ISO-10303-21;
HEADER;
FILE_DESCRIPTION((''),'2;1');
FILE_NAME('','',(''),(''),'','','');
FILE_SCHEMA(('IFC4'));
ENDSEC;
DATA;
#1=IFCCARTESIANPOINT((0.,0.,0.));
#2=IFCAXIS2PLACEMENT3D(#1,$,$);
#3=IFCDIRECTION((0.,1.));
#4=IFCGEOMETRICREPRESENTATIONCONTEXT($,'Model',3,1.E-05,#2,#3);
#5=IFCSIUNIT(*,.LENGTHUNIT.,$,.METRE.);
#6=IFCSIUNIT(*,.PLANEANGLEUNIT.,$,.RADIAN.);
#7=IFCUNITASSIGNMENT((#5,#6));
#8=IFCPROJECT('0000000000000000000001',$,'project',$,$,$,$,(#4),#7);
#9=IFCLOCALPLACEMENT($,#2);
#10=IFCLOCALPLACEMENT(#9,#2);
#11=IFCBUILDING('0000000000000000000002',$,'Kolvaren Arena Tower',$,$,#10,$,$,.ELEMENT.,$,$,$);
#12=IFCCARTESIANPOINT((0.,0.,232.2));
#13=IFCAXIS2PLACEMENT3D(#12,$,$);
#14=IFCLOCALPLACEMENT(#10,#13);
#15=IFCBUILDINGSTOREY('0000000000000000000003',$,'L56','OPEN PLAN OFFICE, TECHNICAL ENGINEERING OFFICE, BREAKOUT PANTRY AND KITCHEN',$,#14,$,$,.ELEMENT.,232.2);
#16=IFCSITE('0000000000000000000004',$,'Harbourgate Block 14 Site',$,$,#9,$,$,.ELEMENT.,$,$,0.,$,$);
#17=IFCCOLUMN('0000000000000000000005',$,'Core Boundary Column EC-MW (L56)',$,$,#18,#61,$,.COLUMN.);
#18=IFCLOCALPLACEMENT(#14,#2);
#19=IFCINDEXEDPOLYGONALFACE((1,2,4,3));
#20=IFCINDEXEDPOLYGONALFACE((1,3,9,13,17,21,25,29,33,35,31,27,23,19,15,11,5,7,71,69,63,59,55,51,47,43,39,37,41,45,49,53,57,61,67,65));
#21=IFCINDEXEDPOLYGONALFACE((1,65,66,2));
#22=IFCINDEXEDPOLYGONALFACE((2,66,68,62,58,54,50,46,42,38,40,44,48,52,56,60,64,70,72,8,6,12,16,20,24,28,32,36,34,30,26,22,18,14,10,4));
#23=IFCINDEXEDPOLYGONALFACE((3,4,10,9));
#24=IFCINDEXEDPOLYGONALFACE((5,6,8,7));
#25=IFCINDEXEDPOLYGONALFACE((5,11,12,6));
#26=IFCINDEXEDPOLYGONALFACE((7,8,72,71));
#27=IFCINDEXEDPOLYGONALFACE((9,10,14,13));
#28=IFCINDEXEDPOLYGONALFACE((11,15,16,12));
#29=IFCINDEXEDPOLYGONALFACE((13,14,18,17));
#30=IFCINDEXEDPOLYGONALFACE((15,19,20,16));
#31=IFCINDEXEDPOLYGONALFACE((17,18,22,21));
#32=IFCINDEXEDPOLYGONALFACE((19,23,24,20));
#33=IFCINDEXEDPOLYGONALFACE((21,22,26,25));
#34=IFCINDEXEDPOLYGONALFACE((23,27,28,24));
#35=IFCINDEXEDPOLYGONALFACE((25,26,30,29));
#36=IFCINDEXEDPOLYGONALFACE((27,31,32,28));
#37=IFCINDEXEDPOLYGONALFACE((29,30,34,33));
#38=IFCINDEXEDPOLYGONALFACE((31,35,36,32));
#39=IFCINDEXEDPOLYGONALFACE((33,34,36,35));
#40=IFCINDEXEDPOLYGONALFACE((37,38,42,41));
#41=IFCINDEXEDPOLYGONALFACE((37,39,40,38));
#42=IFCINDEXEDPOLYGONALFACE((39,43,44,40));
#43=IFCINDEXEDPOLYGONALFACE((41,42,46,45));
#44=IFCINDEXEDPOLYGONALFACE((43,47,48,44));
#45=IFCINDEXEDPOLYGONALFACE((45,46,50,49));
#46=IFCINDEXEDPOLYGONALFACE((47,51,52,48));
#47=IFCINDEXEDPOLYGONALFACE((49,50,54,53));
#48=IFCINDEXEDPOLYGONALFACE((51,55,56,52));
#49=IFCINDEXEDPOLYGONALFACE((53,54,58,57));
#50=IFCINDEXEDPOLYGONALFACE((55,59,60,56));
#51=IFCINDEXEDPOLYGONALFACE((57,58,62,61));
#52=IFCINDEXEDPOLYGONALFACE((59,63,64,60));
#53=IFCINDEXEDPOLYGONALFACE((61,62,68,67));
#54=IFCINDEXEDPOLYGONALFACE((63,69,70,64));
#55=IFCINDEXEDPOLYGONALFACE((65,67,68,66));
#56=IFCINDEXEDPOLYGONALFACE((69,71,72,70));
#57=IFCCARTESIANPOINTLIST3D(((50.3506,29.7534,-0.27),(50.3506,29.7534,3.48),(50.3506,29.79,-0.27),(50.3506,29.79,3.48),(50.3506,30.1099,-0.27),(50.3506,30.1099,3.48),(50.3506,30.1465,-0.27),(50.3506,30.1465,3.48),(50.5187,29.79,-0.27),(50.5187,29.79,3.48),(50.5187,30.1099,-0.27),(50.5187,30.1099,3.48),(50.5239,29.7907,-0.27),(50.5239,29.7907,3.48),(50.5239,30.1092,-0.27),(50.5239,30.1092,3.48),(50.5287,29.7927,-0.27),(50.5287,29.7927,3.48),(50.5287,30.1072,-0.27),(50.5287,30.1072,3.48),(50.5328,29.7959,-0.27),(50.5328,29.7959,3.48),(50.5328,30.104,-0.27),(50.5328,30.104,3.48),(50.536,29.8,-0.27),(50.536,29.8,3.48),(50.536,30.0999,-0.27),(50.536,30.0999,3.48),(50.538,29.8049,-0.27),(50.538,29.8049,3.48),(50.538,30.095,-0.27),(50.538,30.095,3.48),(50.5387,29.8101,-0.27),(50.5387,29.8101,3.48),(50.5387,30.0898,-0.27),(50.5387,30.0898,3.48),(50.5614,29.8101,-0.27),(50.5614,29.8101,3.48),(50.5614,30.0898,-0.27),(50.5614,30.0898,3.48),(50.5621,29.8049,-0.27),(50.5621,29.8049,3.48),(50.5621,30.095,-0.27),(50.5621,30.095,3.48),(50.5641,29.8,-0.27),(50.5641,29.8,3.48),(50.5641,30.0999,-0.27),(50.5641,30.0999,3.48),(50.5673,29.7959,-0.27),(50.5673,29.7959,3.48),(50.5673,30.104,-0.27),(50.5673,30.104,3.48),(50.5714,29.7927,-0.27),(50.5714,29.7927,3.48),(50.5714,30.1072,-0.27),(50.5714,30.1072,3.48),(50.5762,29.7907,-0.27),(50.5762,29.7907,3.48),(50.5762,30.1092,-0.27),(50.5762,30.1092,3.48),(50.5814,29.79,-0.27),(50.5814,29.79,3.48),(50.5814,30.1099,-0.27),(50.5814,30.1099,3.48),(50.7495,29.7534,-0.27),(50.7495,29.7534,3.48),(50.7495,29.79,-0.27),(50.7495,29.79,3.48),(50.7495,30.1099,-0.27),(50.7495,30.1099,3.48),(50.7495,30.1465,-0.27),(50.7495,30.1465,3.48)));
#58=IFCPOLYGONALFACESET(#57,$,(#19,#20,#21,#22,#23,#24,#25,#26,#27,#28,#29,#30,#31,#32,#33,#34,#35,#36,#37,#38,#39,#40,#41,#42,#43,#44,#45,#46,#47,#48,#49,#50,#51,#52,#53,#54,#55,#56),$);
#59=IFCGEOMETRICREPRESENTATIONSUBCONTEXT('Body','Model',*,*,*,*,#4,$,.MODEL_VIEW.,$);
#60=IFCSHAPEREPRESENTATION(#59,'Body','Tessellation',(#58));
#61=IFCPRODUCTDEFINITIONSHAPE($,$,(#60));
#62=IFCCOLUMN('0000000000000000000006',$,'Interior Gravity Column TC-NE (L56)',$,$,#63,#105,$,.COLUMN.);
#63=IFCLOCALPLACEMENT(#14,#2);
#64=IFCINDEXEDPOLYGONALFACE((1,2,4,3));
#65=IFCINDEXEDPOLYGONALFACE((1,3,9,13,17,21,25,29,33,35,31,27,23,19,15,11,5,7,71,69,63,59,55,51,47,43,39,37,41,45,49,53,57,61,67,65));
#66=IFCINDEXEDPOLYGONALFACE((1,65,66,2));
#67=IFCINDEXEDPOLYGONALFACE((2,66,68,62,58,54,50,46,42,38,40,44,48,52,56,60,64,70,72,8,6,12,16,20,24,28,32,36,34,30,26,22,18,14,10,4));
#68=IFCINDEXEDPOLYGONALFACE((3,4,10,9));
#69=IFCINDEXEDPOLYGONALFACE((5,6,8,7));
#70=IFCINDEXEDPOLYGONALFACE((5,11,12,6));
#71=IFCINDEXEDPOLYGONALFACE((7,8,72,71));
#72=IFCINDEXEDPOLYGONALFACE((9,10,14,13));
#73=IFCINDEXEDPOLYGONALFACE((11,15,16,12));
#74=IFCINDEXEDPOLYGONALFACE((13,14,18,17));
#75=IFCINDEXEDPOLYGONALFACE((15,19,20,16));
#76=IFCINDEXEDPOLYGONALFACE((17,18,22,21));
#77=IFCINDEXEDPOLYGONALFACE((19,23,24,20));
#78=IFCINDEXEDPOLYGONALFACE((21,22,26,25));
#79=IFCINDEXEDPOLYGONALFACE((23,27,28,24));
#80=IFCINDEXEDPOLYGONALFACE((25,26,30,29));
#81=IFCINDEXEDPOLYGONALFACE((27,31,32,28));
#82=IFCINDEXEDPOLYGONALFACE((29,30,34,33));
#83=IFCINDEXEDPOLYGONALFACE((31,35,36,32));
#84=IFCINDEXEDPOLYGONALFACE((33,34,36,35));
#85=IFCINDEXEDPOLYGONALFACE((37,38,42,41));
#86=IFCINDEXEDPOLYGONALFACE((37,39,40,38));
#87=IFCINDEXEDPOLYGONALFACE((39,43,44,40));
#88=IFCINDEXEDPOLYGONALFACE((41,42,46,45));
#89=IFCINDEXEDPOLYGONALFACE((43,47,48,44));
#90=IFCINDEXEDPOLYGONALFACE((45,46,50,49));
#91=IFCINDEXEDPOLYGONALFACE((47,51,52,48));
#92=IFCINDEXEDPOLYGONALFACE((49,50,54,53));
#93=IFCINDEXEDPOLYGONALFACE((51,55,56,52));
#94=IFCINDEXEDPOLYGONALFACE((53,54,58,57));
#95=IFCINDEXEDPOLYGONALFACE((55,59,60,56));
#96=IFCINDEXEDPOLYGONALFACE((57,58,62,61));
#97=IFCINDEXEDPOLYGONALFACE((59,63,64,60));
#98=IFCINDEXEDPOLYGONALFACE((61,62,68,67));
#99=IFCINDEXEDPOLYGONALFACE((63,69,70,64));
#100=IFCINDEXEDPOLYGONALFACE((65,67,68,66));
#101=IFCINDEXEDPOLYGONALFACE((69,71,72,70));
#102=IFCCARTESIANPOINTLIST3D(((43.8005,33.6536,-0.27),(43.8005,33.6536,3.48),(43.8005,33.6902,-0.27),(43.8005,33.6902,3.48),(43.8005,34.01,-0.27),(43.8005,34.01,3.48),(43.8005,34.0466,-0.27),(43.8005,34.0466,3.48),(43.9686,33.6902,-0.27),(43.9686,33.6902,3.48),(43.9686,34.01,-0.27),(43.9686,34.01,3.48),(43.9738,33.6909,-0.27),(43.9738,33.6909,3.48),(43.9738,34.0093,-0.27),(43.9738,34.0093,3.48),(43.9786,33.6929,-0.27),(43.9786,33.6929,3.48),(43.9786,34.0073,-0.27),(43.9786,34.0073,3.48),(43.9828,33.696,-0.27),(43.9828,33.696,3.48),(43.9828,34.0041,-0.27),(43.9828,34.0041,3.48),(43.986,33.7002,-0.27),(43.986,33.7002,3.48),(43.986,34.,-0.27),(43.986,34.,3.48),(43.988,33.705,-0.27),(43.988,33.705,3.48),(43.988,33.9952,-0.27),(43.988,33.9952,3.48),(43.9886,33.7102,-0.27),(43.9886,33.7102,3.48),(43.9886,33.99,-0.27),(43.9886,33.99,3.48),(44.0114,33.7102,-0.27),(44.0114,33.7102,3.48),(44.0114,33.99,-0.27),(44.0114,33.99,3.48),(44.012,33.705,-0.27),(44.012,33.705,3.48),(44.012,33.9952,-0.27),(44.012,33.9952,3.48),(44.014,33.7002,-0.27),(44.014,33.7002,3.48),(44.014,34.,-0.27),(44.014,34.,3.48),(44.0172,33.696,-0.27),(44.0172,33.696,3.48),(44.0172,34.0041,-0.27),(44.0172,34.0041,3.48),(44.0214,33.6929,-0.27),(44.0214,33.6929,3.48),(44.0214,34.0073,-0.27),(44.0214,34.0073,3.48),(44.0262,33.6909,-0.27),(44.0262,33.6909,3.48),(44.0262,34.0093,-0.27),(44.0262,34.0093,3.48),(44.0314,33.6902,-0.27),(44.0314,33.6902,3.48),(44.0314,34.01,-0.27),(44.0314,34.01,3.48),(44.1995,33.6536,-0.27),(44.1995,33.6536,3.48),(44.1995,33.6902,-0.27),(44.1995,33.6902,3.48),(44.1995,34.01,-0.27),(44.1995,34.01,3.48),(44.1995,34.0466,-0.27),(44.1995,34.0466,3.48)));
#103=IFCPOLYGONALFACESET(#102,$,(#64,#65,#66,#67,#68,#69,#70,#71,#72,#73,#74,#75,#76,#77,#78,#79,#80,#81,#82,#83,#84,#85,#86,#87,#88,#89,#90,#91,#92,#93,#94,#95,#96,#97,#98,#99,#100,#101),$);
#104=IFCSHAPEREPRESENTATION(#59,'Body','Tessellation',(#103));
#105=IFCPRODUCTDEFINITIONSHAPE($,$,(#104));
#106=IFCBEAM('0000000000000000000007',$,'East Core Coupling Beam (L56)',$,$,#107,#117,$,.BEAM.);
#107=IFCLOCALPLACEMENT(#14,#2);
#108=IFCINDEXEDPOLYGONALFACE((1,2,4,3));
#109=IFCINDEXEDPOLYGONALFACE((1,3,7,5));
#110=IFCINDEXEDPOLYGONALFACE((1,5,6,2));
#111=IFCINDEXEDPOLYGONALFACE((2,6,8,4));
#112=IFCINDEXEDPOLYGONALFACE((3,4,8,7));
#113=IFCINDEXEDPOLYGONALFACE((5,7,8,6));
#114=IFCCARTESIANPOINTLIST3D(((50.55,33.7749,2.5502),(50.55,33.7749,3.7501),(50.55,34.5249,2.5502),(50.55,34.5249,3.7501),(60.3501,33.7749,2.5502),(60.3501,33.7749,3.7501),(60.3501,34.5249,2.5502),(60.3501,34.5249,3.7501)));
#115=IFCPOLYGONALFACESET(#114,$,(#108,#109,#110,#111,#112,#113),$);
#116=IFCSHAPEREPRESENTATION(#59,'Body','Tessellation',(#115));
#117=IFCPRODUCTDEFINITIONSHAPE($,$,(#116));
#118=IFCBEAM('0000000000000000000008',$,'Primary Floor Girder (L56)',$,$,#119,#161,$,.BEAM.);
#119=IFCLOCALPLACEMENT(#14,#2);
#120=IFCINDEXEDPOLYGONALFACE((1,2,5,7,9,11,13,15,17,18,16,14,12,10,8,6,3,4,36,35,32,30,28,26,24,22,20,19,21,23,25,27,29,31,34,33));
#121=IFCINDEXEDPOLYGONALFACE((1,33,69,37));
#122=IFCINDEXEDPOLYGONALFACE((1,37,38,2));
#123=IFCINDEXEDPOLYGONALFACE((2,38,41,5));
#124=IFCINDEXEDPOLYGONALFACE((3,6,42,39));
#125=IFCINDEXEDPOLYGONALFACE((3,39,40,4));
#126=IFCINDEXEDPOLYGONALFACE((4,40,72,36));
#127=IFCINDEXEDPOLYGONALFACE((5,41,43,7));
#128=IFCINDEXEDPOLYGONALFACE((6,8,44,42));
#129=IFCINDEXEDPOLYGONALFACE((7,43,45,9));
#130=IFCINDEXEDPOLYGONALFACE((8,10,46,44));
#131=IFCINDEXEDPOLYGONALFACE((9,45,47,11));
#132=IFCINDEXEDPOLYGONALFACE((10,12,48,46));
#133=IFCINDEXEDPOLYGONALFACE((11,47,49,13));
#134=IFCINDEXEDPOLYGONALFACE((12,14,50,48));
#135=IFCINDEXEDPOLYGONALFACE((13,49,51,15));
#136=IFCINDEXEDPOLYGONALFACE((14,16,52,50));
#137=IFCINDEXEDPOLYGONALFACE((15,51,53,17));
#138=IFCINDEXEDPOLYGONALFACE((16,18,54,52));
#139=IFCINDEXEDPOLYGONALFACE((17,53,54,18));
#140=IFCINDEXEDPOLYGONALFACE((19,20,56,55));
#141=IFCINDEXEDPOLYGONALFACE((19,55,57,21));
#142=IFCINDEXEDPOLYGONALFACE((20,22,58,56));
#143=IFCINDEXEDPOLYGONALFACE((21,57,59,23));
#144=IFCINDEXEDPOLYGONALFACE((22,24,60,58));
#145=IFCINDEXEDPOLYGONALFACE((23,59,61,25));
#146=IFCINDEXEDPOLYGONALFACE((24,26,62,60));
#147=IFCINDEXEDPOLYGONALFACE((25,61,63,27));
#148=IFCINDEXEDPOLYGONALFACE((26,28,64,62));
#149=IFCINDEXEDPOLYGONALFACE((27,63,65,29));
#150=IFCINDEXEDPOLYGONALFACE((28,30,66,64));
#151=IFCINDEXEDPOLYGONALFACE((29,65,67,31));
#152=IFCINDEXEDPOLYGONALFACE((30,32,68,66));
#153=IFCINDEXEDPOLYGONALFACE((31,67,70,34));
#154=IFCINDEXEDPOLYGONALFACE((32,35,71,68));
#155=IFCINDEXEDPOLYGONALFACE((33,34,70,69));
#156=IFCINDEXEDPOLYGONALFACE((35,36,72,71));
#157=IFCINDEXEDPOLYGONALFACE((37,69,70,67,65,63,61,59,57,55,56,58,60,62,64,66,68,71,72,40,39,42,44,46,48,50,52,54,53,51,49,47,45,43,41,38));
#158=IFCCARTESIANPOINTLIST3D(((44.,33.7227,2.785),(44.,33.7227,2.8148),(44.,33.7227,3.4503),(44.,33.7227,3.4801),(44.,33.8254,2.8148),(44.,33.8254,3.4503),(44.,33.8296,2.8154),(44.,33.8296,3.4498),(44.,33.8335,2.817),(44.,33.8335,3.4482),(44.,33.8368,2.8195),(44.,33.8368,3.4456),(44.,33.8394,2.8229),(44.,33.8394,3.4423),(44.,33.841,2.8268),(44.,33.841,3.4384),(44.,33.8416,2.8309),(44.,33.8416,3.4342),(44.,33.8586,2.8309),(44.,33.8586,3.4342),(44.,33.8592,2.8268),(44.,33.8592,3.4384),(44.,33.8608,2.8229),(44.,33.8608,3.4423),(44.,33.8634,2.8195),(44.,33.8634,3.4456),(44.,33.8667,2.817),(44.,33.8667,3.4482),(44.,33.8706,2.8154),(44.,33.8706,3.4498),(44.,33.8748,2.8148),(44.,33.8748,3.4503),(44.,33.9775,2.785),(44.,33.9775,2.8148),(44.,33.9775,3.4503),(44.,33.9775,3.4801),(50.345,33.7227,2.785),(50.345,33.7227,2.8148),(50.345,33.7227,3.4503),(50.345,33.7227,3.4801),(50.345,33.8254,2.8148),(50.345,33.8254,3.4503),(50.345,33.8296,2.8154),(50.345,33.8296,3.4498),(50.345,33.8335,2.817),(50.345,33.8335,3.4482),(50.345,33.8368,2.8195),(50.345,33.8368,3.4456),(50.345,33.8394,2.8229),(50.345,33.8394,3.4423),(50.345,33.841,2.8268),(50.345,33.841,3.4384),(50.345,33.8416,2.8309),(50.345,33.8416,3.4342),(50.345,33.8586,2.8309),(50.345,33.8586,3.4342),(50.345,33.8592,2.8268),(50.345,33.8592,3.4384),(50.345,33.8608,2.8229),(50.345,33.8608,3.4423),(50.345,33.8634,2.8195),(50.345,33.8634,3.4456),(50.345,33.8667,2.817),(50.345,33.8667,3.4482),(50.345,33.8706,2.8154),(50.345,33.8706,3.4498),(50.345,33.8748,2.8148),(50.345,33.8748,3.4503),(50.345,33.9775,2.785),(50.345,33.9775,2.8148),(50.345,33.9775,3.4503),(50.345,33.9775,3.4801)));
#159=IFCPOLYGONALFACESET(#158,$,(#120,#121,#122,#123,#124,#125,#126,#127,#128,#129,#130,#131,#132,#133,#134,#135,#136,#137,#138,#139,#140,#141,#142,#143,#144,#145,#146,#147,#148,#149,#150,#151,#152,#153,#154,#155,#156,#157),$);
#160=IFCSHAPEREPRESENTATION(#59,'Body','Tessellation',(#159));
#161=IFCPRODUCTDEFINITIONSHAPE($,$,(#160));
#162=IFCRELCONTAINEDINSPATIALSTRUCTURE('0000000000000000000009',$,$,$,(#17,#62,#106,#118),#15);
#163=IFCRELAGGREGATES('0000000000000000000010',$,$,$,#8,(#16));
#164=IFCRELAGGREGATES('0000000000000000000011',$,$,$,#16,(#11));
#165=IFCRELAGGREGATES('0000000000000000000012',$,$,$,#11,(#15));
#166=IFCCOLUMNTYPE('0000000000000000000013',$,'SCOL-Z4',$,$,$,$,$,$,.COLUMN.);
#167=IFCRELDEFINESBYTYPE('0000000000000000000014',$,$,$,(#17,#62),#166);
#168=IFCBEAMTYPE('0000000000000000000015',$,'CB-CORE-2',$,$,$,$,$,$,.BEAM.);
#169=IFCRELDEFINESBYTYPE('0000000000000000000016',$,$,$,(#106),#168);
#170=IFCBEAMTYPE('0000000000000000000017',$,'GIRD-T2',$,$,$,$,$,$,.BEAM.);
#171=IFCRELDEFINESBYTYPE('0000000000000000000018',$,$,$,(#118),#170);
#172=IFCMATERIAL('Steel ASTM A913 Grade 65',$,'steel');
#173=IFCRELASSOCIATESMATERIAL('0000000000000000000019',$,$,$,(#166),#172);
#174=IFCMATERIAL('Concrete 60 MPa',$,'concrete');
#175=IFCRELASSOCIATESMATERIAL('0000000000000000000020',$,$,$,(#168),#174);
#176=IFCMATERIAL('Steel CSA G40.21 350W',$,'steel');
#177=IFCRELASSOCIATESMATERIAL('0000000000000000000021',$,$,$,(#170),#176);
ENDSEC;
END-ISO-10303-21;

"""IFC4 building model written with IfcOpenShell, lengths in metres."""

from ifc_helpers import new_model, si_unit, direction, frame, origin, origin_2d, place, context, subcontext, project, spatial, rectangle, i_section, extrude, material, material_profile, profile_set, type_object, element, save


model = new_model("IFC4")

# Units and contexts
model_context = context("Model", 3, precision=1e-05, world=origin(), true_north=direction((0.0, 1.0)))
body_context = subcontext(model_context, "Body", "Model", "MODEL_VIEW")
ifc_project = project(units=[si_unit("LENGTHUNIT", "METRE"), si_unit("PLANEANGLEUNIT", "RADIAN")], contexts=[model_context])

# Site, building, storey
site_placement = place(None, origin())
site = spatial("IfcSite", under=ifc_project, at=site_placement, Name="Harbourgate Block 14 Site", CompositionType="ELEMENT", RefElevation=0.0)
building_placement = place(site_placement, origin())
building = spatial("IfcBuilding", under=site, at=building_placement, Name="Kolvaren Arena Tower", CompositionType="ELEMENT")
storey_placement = place(building_placement, frame((0.0, 0.0, 232.2)))
storey = spatial("IfcBuildingStorey", under=building, at=storey_placement, Name="L56", Description="OPEN PLAN OFFICE, TECHNICAL ENGINEERING OFFICE, BREAKOUT PANTRY AND KITCHEN", CompositionType="ELEMENT", Elevation=232.2)

# Columns
ifc_material_1 = material(Name="Steel ASTM A913 Grade 65", Category="steel")
ifc_material_profile_1 = material_profile(ifc_material_1, i_section(OverallWidth=0.3989, OverallDepth=0.3931, WebThickness=0.0227, FlangeThickness=0.0366, FilletRadius=0.02, at=origin_2d()), Name="W360x287")
ifc_profile_set_1 = profile_set([ifc_material_profile_1], Name="Steel ASTM A913 Grade 65")
column_type = type_object("IfcColumnType", Name="SCOL-Z4", PredefinedType="COLUMN", material=ifc_profile_set_1)
for number, where, z_axis, x_axis, name in (
    (1, (50.55, 29.95, -0.27), (0.0, 0.0, 1.0), (1.0, 0.0, 0.0), "Core Boundary Column EC-MW (L56)"),
    (2, (44.0, 33.8501, -0.27), (0.0, 0.0, 1.0), (1.0, 0.0, 0.0), "Interior Gravity Column TC-NE (L56)"),
):
    element("IfcColumn", number, at=place(storey_placement, frame(where, z_axis=z_axis, x_axis=x_axis)), inside=storey, type_object=column_type, Name=name, PredefinedType="COLUMN", context=body_context, shape_type="SweptSolid", body=[
        extrude(i_section(OverallWidth=0.3989, OverallDepth=0.3931, WebThickness=0.0227, FlangeThickness=0.0366, FilletRadius=0.02, at=origin_2d()), origin(), (0.0, 0.0, 1.0), 3.75),
    ])

# Beams
ifc_material_2 = material(Name="Concrete 60 MPa", Category="concrete")
ifc_material_profile_2 = material_profile(ifc_material_2, rectangle(XDim=0.75, YDim=1.2, at=origin_2d()), Name="RC-750x1200")
ifc_profile_set_2 = profile_set([ifc_material_profile_2], Name="Concrete 60 MPa")
beam_type_1 = type_object("IfcBeamType", Name="CB-CORE-2", PredefinedType="BEAM", material=ifc_profile_set_2)
beam_1_placement = place(storey_placement, frame((50.55, 34.1499, 3.1501), z_axis=(1.0, 0.0, 0.0), x_axis=(0.0, 1.0, 0.0)))
element("IfcBeam", 3, at=beam_1_placement, inside=storey, type_object=beam_type_1, Name="East Core Coupling Beam (L56)", PredefinedType="BEAM", context=body_context, shape_type="SweptSolid", body=[
    extrude(rectangle(XDim=0.75, YDim=1.2, at=origin_2d()), origin(), (0.0, 0.0, 1.0), 9.8),
])
ifc_material_3 = material(Name="Steel CSA G40.21 350W", Category="steel")
ifc_material_profile_3 = material_profile(ifc_material_3, i_section(OverallWidth=0.2549, OverallDepth=0.6951, WebThickness=0.0171, FlangeThickness=0.0298, FilletRadius=0.0161, at=origin_2d()), Name="W690x217")
ifc_profile_set_3 = profile_set([ifc_material_profile_3], Name="Steel CSA G40.21 350W")
beam_type_2 = type_object("IfcBeamType", Name="GIRD-T2", PredefinedType="BEAM", material=ifc_profile_set_3)
beam_2_placement = place(storey_placement, frame((44.0, 33.8501, 3.1326), z_axis=(1.0, 0.0, 0.0), x_axis=(0.0, 1.0, 0.0)))
element("IfcBeam", 4, at=beam_2_placement, inside=storey, type_object=beam_type_2, Name="Primary Floor Girder (L56)", PredefinedType="BEAM", context=body_context, shape_type="SweptSolid", body=[
    extrude(i_section(OverallWidth=0.2549, OverallDepth=0.6951, WebThickness=0.0171, FlangeThickness=0.0298, FilletRadius=0.0161, at=origin_2d()), origin(), (0.0, 0.0, 1.0), 6.345),
])

save(model, "model.ifc")
